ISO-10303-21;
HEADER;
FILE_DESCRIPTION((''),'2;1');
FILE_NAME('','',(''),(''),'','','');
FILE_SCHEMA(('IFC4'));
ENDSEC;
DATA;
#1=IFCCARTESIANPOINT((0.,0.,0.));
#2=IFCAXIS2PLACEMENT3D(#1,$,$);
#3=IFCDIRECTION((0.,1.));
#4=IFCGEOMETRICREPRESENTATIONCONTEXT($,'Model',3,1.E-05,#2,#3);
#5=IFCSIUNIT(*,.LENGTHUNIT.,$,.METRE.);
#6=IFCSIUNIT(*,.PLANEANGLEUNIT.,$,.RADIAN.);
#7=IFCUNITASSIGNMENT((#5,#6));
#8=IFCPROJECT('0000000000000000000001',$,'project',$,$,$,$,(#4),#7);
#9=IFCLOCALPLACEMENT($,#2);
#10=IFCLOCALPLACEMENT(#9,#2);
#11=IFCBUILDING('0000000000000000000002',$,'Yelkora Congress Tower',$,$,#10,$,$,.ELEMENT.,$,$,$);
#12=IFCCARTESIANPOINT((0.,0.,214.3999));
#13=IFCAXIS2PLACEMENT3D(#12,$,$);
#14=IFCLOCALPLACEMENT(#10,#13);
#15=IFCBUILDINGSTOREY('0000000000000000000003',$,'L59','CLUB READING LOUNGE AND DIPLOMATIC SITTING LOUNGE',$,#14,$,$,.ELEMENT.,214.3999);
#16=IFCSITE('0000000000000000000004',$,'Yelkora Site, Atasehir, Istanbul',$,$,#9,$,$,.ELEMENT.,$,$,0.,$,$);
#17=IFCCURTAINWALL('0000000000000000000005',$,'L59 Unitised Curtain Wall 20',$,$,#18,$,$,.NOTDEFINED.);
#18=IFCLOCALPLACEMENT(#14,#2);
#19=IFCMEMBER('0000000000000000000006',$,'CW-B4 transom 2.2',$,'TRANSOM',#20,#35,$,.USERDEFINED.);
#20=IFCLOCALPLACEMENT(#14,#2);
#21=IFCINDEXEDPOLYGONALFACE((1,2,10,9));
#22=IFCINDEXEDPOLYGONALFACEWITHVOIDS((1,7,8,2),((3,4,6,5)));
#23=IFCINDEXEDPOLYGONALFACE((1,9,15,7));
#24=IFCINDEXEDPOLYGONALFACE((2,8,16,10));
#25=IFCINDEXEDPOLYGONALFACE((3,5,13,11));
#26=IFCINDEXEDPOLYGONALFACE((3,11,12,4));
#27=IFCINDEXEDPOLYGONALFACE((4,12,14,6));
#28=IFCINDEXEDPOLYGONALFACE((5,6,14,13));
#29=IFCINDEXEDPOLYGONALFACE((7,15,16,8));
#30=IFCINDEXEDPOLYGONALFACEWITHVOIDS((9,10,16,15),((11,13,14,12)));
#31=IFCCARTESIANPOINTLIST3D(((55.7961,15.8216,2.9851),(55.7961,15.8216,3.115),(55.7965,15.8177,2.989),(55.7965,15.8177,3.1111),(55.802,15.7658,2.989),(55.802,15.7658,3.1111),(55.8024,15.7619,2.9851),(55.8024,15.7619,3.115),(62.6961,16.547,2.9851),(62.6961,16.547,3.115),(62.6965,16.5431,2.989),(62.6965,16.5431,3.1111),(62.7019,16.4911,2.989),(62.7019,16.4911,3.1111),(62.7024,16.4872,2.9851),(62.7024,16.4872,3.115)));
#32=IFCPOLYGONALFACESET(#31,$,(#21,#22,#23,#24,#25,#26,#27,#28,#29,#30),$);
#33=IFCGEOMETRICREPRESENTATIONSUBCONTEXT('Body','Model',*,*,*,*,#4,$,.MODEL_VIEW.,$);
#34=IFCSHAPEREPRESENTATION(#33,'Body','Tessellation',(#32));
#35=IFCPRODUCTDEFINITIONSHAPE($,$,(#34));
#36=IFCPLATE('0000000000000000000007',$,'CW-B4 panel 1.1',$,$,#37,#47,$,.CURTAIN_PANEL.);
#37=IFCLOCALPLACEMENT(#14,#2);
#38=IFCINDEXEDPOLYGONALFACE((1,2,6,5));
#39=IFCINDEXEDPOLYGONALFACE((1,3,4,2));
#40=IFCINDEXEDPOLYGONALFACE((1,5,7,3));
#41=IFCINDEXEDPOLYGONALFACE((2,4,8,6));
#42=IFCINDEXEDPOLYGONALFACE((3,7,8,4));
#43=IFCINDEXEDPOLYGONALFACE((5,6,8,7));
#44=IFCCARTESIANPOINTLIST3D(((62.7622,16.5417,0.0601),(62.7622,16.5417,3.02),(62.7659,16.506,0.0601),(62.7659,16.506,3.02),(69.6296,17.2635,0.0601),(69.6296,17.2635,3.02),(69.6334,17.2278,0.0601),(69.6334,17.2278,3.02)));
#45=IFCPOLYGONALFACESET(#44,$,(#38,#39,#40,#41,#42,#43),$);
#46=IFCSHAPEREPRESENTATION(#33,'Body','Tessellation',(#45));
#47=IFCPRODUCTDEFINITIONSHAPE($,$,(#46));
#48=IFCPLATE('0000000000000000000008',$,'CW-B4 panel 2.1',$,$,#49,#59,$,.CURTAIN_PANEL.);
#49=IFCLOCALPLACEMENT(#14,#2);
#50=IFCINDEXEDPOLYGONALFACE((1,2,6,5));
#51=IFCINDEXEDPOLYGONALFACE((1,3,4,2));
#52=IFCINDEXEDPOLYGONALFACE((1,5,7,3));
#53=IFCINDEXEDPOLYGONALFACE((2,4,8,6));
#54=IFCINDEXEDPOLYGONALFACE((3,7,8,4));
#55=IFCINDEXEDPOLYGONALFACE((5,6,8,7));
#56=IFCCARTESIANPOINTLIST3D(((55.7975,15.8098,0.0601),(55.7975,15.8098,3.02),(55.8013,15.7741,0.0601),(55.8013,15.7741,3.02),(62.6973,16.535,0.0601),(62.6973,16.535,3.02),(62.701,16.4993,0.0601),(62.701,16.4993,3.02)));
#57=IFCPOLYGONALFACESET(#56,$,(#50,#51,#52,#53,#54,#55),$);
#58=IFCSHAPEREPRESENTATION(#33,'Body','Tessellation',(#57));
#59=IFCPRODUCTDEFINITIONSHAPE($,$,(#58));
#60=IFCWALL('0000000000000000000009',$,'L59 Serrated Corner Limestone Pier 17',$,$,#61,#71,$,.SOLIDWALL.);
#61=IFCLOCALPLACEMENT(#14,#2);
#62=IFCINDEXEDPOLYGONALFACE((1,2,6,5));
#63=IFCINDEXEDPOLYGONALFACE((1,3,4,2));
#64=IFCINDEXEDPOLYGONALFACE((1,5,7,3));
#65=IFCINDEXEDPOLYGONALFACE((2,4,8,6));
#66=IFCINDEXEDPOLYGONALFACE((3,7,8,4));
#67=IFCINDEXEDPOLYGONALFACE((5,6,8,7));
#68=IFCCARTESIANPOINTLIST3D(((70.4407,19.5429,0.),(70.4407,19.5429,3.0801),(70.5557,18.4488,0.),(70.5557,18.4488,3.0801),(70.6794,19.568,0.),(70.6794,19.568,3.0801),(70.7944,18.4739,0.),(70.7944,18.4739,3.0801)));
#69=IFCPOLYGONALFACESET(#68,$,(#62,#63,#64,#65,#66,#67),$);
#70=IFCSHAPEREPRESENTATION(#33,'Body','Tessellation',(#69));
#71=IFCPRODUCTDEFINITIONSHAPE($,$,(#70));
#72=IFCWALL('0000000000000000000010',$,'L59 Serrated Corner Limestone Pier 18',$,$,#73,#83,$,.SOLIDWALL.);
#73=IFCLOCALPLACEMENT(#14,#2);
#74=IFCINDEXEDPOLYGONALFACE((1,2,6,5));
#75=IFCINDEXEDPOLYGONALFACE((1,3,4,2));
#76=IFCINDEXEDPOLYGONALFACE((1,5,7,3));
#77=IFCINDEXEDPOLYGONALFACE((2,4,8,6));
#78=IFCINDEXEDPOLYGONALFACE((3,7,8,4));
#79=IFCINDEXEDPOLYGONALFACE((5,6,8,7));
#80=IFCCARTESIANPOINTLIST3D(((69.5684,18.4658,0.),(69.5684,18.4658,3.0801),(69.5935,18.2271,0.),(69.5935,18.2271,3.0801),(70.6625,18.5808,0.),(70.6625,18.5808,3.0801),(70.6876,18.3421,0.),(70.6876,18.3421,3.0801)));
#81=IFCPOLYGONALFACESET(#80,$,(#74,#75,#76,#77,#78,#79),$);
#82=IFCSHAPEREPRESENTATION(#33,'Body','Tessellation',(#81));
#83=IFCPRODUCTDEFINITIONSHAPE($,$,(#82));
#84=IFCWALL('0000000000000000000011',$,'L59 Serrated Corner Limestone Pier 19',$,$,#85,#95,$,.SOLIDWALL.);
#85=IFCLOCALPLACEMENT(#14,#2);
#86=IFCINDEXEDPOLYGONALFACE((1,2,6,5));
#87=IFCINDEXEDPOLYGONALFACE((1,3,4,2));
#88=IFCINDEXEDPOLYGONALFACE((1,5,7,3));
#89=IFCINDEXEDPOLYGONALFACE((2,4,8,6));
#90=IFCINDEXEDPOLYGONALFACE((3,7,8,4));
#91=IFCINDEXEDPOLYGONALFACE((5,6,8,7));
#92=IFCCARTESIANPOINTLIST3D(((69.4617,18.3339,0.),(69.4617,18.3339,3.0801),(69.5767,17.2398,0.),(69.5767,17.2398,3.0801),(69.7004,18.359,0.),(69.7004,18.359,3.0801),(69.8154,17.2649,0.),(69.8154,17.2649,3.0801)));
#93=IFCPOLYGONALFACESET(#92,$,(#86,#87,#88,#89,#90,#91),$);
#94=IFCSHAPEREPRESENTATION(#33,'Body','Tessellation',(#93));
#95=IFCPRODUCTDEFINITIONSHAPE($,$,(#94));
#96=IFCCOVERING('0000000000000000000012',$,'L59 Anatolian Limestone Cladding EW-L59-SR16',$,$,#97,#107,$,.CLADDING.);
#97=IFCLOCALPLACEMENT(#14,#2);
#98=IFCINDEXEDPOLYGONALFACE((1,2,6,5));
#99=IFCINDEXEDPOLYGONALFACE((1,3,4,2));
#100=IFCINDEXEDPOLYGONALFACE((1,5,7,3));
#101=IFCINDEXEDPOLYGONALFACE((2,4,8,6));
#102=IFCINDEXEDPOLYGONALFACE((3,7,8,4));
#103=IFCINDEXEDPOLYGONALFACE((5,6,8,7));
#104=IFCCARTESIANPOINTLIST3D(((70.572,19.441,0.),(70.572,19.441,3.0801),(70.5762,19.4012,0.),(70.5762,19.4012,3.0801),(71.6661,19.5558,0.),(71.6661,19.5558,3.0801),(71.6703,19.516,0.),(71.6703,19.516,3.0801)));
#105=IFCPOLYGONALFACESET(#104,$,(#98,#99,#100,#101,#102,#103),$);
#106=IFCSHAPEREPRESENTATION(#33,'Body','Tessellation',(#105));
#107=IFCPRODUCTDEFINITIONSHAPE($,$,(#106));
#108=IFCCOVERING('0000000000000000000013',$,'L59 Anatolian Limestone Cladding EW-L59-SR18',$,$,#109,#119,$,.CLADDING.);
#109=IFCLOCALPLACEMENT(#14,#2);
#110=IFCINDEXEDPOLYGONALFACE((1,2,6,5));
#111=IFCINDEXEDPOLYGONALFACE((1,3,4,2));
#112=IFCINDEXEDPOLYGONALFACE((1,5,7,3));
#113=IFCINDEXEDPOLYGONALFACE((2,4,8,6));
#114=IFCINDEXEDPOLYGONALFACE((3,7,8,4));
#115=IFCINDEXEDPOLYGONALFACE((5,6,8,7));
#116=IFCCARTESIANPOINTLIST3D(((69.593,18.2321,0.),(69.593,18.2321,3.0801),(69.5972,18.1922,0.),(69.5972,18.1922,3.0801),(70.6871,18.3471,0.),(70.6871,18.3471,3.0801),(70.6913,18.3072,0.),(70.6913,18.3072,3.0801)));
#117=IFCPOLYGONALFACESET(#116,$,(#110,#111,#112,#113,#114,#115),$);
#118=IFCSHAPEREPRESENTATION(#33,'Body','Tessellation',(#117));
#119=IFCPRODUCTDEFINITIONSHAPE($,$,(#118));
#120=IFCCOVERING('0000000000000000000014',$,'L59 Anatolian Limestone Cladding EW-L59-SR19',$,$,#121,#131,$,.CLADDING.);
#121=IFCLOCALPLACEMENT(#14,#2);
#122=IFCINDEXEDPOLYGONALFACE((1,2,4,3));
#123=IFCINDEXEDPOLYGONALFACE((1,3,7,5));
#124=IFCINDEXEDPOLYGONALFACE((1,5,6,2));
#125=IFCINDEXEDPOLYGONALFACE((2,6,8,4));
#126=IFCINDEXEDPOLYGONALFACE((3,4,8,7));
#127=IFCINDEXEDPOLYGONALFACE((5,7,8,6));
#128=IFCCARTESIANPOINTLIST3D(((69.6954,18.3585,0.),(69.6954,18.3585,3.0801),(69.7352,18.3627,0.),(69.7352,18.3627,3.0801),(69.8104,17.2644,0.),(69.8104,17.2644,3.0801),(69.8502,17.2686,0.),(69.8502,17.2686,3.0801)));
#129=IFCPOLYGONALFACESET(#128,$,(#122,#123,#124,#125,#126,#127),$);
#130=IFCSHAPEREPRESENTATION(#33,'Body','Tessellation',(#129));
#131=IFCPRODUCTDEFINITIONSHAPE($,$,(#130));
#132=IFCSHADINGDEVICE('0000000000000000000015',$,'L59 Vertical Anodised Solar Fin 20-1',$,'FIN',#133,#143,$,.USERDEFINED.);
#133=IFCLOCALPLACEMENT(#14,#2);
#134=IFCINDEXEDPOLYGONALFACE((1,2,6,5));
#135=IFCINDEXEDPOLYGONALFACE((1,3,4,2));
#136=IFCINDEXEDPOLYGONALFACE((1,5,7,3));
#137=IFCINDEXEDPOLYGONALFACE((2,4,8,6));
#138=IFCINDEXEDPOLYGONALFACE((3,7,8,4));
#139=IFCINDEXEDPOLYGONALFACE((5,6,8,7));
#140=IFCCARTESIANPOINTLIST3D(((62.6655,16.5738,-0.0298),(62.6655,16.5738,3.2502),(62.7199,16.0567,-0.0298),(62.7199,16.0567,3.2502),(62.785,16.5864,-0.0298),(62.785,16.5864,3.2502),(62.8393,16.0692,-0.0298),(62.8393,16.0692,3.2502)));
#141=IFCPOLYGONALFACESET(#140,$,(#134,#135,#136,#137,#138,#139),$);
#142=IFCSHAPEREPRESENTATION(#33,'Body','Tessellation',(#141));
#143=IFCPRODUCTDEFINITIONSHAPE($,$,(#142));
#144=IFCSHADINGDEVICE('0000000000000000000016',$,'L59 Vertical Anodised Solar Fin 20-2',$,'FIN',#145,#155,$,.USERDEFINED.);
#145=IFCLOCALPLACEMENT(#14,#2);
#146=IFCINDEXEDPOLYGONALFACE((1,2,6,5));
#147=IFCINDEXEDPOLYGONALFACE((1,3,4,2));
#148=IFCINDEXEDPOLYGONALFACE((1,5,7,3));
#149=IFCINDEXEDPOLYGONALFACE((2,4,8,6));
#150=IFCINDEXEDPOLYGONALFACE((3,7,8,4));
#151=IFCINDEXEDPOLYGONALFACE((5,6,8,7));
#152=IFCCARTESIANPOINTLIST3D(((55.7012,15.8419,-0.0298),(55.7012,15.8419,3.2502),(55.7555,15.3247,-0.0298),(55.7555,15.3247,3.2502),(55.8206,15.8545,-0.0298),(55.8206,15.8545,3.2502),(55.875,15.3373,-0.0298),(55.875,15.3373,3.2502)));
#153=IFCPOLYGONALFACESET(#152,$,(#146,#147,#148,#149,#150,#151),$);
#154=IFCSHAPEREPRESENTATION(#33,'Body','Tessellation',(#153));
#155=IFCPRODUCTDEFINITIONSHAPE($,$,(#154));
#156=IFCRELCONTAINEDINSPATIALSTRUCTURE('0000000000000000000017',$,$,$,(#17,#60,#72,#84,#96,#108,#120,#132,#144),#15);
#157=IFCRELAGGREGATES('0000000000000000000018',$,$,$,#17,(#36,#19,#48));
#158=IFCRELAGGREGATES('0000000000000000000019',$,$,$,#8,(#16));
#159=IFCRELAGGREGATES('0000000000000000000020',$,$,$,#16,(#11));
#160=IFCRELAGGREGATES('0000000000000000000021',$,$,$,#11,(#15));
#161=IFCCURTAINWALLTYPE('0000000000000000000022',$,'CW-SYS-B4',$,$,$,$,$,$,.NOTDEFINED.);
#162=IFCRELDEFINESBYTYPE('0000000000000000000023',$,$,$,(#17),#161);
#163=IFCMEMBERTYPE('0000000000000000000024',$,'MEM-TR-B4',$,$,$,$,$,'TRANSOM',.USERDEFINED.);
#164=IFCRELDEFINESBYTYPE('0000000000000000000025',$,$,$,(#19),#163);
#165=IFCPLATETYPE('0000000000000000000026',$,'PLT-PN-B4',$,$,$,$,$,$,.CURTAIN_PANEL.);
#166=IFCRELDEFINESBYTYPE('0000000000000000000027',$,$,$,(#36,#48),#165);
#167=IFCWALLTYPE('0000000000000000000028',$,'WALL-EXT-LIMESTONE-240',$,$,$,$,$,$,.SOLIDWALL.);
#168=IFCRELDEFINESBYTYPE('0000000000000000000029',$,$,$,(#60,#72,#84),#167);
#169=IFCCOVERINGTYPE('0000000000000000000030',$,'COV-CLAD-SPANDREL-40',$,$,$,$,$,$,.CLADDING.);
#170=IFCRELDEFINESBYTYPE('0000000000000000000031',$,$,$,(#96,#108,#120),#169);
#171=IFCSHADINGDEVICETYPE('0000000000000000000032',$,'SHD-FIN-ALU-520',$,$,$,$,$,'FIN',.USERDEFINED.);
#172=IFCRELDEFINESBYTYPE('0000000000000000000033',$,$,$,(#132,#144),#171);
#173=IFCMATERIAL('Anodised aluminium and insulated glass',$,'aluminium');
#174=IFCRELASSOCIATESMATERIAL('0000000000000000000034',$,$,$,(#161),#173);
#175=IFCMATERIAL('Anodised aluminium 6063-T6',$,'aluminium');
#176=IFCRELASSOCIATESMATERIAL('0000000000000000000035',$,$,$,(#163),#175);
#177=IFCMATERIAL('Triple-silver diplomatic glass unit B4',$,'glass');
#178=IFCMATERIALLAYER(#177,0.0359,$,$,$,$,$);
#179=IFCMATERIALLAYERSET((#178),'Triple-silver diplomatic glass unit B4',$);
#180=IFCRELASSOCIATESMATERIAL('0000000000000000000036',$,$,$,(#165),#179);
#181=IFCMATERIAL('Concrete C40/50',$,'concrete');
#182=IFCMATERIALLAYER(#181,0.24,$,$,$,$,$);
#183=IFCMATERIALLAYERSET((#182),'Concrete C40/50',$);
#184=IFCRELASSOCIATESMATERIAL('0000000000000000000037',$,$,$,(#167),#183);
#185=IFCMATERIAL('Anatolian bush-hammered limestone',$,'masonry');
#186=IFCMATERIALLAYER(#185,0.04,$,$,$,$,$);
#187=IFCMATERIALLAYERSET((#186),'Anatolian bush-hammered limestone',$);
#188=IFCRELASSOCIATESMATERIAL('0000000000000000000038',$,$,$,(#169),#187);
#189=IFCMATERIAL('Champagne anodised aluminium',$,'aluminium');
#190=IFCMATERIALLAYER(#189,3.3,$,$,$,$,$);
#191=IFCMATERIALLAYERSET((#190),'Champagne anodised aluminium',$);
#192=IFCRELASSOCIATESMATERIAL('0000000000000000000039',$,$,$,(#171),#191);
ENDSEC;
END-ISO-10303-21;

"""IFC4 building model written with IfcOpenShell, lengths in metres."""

from ifc_helpers import new_model, si_unit, direction, frame, frame_2d, origin, origin_2d, place, context, subcontext, project, spatial, rectangle, hollow_rectangle, extrude, material, layer, layer_set, material_profile, profile_set, type_object, element, aggregate, save


model = new_model("IFC4")

# Units and contexts
model_context = context("Model", 3, precision=1e-05, world=origin(), true_north=direction((0.0, 1.0)))
body_context = subcontext(model_context, "Body", "Model", "MODEL_VIEW")
ifc_project = project(units=[si_unit("LENGTHUNIT", "METRE"), si_unit("PLANEANGLEUNIT", "RADIAN")], contexts=[model_context])

# Site, building, storey
site_placement = place(None, origin())
site = spatial("IfcSite", under=ifc_project, at=site_placement, Name="Yelkora Site, Atasehir, Istanbul", CompositionType="ELEMENT", RefElevation=0.0)
building_placement = place(site_placement, origin())
building = spatial("IfcBuilding", under=site, at=building_placement, Name="Yelkora Congress Tower", CompositionType="ELEMENT")
storey_placement = place(building_placement, frame((0.0, 0.0, 214.3999)))
storey = spatial("IfcBuildingStorey", under=building, at=storey_placement, Name="L59", Description="CLUB READING LOUNGE AND DIPLOMATIC SITTING LOUNGE", CompositionType="ELEMENT", Elevation=214.3999)

# Curtain wall, member, plates
ifc_material_1 = material(Name="Anodised aluminium and insulated glass", Category="aluminium")
curtain_wall_type = type_object("IfcCurtainWallType", Name="CW-SYS-B4", PredefinedType="NOTDEFINED", material=ifc_material_1)
curtain_wall_placement = place(storey_placement, origin())
curtain_wall = element("IfcCurtainWall", 1, at=curtain_wall_placement, inside=storey, type_object=curtain_wall_type, Name="L59 Unitised Curtain Wall 20", PredefinedType="NOTDEFINED")
ifc_material_2 = material(Name="Anodised aluminium 6063-T6", Category="aluminium")
ifc_material_profile_1 = material_profile(ifc_material_2, hollow_rectangle(XDim=0.0601, YDim=0.1299, WallThickness=0.0039, at=origin_2d()), Name="ALU 60x130x4")
ifc_profile_set_1 = profile_set([ifc_material_profile_1], Name="Anodised aluminium 6063-T6")
member_type_1 = type_object("IfcMemberType", Name="MEM-TR-B4", ElementType="TRANSOM", PredefinedType="USERDEFINED", material=ifc_profile_set_1)
member_1_placement = place(storey_placement, frame((62.6992, 16.5171, 3.05), z_axis=(-0.99452, -0.104547, 0.0), x_axis=(0.104547, -0.99452, 0.0)))
member_1 = element("IfcMember", 2, at=member_1_placement, type_object=member_type_1, Name="CW-B4 transom 2.2", ObjectType="TRANSOM", PredefinedType="USERDEFINED", context=body_context, shape_type="SweptSolid", body=[
    extrude(hollow_rectangle(XDim=0.0601, YDim=0.1299, WallThickness=0.0039, at=origin_2d()), origin(), (0.0, 0.0, 1.0), 6.938),
])
ifc_material_3 = material(Name="Triple-silver diplomatic glass unit B4", Category="glass")
ifc_layer_1 = layer(ifc_material_3, 0.0359)
ifc_layer_set_1 = layer_set([ifc_layer_1], Name="Triple-silver diplomatic glass unit B4")
plate_type = type_object("IfcPlateType", Name="PLT-PN-B4", PredefinedType="CURTAIN_PANEL", material=ifc_layer_set_1)
plate_1_placement = place(storey_placement, frame((66.1978, 16.8848, 0.0601), z_axis=(0.0, 0.0, 1.0), x_axis=(-0.994522, -0.104527, 0.0)))
plate_1 = element("IfcPlate", 3, at=plate_1_placement, type_object=plate_type, Name="CW-B4 panel 1.1", PredefinedType="CURTAIN_PANEL", context=body_context, shape_type="SweptSolid", body=[
    extrude(rectangle(XDim=6.9053, YDim=0.0359, at=origin_2d()), origin(), (0.0, 0.0, 1.0), 2.96),
])
plate_2_placement = place(storey_placement, frame((59.2493, 16.1545, 0.0601), z_axis=(0.0, 0.0, 1.0), x_axis=(-0.994522, -0.104527, 0.0)))
plate_2 = element("IfcPlate", 4, at=plate_2_placement, type_object=plate_type, Name="CW-B4 panel 2.1", PredefinedType="CURTAIN_PANEL", context=body_context, shape_type="SweptSolid", body=[
    extrude(rectangle(XDim=6.9377, YDim=0.0359, at=origin_2d()), origin(), (0.0, 0.0, 1.0), 2.96),
])
aggregate(curtain_wall, [plate_1, member_1, plate_2])

# Walls
ifc_material_4 = material(Name="Concrete C40/50", Category="concrete")
ifc_layer_2 = layer(ifc_material_4, 0.24)
ifc_layer_set_2 = layer_set([ifc_layer_2], Name="Concrete C40/50")
wall_type = type_object("IfcWallType", Name="WALL-EXT-LIMESTONE-240", PredefinedType="SOLIDWALL", material=ifc_layer_set_2)
for number, where, z_axis, x_axis, name in (
    (5, (70.5601, 19.5554, 0.0), (0.0, 0.0, 1.0), (0.104535, -0.994521, 0.0), "L59 Serrated Corner Limestone Pier 17"),
    (6, (70.675, 18.4614, 0.0), (0.0, 0.0, 1.0), (-0.994521, -0.104535, 0.0), "L59 Serrated Corner Limestone Pier 18"),
    (7, (69.5811, 18.3464, 0.0), (0.0, 0.0, 1.0), (0.104535, -0.994521, 0.0), "L59 Serrated Corner Limestone Pier 19"),
):
    element("IfcWall", number, at=place(storey_placement, frame(where, z_axis=z_axis, x_axis=x_axis)), inside=storey, type_object=wall_type, Name=name, PredefinedType="SOLIDWALL", context=body_context, shape_type="SweptSolid", body=[
        extrude(rectangle(XDim=1.1001, YDim=0.24, at=frame_2d((0.55, 0.0))), origin(), (0.0, 0.0, 1.0), 3.0801),
    ])

# Coverings
ifc_material_5 = material(Name="Anatolian bush-hammered limestone", Category="masonry")
ifc_layer_3 = layer(ifc_material_5, 0.04)
ifc_layer_set_3 = layer_set([ifc_layer_3], Name="Anatolian bush-hammered limestone")
covering_type = type_object("IfcCoveringType", Name="COV-CLAD-SPANDREL-40", PredefinedType="CLADDING", material=ifc_layer_set_3)
for number, where, z_axis, x_axis, name in (
    (8, (71.6682, 19.5359, 0.0), (0.0, 0.0, 1.0), (-0.994544, -0.104315, 0.0), "L59 Anatolian Limestone Cladding EW-L59-SR16"),
    (9, (70.6892, 18.3271, 0.0), (0.0, 0.0, 1.0), (-0.994521, -0.104535, 0.0), "L59 Anatolian Limestone Cladding EW-L59-SR18"),
    (10, (69.7153, 18.3606, 0.0), (0.0, 0.0, 1.0), (0.104535, -0.994521, 0.0), "L59 Anatolian Limestone Cladding EW-L59-SR19"),
):
    element("IfcCovering", number, at=place(storey_placement, frame(where, z_axis=z_axis, x_axis=x_axis)), inside=storey, type_object=covering_type, Name=name, PredefinedType="CLADDING", context=body_context, shape_type="SweptSolid", body=[
        extrude(rectangle(XDim=1.1001, YDim=0.04, at=frame_2d((0.55, 0.0))), origin(), (0.0, 0.0, 1.0), 3.0801),
    ])

# Shading devices
ifc_material_6 = material(Name="Champagne anodised aluminium", Category="aluminium")
ifc_layer_4 = layer(ifc_material_6, 3.3)
ifc_layer_set_4 = layer_set([ifc_layer_4], Name="Champagne anodised aluminium")
shading_device_type = type_object("IfcShadingDeviceType", Name="SHD-FIN-ALU-520", ElementType="FIN", PredefinedType="USERDEFINED", material=ifc_layer_set_4)
for number, where, z_axis, x_axis, name in (
    (11, (62.7524, 16.3215, -0.0298), (0.0, 0.0, 1.0), (-0.994522, -0.104528, 0.0), "L59 Vertical Anodised Solar Fin 20-1"),
    (12, (55.7881, 15.5896, -0.0298), (0.0, 0.0, 1.0), (-0.994522, -0.104528, 0.0), "L59 Vertical Anodised Solar Fin 20-2"),
):
    element("IfcShadingDevice", number, at=place(storey_placement, frame(where, z_axis=z_axis, x_axis=x_axis)), inside=storey, type_object=shading_device_type, Name=name, ObjectType="FIN", PredefinedType="USERDEFINED", context=body_context, shape_type="SweptSolid", body=[
        extrude(rectangle(XDim=0.1201, YDim=0.52, at=origin_2d()), origin(), (0.0, 0.0, 1.0), 3.28),
    ])

save(model, "model.ifc")
